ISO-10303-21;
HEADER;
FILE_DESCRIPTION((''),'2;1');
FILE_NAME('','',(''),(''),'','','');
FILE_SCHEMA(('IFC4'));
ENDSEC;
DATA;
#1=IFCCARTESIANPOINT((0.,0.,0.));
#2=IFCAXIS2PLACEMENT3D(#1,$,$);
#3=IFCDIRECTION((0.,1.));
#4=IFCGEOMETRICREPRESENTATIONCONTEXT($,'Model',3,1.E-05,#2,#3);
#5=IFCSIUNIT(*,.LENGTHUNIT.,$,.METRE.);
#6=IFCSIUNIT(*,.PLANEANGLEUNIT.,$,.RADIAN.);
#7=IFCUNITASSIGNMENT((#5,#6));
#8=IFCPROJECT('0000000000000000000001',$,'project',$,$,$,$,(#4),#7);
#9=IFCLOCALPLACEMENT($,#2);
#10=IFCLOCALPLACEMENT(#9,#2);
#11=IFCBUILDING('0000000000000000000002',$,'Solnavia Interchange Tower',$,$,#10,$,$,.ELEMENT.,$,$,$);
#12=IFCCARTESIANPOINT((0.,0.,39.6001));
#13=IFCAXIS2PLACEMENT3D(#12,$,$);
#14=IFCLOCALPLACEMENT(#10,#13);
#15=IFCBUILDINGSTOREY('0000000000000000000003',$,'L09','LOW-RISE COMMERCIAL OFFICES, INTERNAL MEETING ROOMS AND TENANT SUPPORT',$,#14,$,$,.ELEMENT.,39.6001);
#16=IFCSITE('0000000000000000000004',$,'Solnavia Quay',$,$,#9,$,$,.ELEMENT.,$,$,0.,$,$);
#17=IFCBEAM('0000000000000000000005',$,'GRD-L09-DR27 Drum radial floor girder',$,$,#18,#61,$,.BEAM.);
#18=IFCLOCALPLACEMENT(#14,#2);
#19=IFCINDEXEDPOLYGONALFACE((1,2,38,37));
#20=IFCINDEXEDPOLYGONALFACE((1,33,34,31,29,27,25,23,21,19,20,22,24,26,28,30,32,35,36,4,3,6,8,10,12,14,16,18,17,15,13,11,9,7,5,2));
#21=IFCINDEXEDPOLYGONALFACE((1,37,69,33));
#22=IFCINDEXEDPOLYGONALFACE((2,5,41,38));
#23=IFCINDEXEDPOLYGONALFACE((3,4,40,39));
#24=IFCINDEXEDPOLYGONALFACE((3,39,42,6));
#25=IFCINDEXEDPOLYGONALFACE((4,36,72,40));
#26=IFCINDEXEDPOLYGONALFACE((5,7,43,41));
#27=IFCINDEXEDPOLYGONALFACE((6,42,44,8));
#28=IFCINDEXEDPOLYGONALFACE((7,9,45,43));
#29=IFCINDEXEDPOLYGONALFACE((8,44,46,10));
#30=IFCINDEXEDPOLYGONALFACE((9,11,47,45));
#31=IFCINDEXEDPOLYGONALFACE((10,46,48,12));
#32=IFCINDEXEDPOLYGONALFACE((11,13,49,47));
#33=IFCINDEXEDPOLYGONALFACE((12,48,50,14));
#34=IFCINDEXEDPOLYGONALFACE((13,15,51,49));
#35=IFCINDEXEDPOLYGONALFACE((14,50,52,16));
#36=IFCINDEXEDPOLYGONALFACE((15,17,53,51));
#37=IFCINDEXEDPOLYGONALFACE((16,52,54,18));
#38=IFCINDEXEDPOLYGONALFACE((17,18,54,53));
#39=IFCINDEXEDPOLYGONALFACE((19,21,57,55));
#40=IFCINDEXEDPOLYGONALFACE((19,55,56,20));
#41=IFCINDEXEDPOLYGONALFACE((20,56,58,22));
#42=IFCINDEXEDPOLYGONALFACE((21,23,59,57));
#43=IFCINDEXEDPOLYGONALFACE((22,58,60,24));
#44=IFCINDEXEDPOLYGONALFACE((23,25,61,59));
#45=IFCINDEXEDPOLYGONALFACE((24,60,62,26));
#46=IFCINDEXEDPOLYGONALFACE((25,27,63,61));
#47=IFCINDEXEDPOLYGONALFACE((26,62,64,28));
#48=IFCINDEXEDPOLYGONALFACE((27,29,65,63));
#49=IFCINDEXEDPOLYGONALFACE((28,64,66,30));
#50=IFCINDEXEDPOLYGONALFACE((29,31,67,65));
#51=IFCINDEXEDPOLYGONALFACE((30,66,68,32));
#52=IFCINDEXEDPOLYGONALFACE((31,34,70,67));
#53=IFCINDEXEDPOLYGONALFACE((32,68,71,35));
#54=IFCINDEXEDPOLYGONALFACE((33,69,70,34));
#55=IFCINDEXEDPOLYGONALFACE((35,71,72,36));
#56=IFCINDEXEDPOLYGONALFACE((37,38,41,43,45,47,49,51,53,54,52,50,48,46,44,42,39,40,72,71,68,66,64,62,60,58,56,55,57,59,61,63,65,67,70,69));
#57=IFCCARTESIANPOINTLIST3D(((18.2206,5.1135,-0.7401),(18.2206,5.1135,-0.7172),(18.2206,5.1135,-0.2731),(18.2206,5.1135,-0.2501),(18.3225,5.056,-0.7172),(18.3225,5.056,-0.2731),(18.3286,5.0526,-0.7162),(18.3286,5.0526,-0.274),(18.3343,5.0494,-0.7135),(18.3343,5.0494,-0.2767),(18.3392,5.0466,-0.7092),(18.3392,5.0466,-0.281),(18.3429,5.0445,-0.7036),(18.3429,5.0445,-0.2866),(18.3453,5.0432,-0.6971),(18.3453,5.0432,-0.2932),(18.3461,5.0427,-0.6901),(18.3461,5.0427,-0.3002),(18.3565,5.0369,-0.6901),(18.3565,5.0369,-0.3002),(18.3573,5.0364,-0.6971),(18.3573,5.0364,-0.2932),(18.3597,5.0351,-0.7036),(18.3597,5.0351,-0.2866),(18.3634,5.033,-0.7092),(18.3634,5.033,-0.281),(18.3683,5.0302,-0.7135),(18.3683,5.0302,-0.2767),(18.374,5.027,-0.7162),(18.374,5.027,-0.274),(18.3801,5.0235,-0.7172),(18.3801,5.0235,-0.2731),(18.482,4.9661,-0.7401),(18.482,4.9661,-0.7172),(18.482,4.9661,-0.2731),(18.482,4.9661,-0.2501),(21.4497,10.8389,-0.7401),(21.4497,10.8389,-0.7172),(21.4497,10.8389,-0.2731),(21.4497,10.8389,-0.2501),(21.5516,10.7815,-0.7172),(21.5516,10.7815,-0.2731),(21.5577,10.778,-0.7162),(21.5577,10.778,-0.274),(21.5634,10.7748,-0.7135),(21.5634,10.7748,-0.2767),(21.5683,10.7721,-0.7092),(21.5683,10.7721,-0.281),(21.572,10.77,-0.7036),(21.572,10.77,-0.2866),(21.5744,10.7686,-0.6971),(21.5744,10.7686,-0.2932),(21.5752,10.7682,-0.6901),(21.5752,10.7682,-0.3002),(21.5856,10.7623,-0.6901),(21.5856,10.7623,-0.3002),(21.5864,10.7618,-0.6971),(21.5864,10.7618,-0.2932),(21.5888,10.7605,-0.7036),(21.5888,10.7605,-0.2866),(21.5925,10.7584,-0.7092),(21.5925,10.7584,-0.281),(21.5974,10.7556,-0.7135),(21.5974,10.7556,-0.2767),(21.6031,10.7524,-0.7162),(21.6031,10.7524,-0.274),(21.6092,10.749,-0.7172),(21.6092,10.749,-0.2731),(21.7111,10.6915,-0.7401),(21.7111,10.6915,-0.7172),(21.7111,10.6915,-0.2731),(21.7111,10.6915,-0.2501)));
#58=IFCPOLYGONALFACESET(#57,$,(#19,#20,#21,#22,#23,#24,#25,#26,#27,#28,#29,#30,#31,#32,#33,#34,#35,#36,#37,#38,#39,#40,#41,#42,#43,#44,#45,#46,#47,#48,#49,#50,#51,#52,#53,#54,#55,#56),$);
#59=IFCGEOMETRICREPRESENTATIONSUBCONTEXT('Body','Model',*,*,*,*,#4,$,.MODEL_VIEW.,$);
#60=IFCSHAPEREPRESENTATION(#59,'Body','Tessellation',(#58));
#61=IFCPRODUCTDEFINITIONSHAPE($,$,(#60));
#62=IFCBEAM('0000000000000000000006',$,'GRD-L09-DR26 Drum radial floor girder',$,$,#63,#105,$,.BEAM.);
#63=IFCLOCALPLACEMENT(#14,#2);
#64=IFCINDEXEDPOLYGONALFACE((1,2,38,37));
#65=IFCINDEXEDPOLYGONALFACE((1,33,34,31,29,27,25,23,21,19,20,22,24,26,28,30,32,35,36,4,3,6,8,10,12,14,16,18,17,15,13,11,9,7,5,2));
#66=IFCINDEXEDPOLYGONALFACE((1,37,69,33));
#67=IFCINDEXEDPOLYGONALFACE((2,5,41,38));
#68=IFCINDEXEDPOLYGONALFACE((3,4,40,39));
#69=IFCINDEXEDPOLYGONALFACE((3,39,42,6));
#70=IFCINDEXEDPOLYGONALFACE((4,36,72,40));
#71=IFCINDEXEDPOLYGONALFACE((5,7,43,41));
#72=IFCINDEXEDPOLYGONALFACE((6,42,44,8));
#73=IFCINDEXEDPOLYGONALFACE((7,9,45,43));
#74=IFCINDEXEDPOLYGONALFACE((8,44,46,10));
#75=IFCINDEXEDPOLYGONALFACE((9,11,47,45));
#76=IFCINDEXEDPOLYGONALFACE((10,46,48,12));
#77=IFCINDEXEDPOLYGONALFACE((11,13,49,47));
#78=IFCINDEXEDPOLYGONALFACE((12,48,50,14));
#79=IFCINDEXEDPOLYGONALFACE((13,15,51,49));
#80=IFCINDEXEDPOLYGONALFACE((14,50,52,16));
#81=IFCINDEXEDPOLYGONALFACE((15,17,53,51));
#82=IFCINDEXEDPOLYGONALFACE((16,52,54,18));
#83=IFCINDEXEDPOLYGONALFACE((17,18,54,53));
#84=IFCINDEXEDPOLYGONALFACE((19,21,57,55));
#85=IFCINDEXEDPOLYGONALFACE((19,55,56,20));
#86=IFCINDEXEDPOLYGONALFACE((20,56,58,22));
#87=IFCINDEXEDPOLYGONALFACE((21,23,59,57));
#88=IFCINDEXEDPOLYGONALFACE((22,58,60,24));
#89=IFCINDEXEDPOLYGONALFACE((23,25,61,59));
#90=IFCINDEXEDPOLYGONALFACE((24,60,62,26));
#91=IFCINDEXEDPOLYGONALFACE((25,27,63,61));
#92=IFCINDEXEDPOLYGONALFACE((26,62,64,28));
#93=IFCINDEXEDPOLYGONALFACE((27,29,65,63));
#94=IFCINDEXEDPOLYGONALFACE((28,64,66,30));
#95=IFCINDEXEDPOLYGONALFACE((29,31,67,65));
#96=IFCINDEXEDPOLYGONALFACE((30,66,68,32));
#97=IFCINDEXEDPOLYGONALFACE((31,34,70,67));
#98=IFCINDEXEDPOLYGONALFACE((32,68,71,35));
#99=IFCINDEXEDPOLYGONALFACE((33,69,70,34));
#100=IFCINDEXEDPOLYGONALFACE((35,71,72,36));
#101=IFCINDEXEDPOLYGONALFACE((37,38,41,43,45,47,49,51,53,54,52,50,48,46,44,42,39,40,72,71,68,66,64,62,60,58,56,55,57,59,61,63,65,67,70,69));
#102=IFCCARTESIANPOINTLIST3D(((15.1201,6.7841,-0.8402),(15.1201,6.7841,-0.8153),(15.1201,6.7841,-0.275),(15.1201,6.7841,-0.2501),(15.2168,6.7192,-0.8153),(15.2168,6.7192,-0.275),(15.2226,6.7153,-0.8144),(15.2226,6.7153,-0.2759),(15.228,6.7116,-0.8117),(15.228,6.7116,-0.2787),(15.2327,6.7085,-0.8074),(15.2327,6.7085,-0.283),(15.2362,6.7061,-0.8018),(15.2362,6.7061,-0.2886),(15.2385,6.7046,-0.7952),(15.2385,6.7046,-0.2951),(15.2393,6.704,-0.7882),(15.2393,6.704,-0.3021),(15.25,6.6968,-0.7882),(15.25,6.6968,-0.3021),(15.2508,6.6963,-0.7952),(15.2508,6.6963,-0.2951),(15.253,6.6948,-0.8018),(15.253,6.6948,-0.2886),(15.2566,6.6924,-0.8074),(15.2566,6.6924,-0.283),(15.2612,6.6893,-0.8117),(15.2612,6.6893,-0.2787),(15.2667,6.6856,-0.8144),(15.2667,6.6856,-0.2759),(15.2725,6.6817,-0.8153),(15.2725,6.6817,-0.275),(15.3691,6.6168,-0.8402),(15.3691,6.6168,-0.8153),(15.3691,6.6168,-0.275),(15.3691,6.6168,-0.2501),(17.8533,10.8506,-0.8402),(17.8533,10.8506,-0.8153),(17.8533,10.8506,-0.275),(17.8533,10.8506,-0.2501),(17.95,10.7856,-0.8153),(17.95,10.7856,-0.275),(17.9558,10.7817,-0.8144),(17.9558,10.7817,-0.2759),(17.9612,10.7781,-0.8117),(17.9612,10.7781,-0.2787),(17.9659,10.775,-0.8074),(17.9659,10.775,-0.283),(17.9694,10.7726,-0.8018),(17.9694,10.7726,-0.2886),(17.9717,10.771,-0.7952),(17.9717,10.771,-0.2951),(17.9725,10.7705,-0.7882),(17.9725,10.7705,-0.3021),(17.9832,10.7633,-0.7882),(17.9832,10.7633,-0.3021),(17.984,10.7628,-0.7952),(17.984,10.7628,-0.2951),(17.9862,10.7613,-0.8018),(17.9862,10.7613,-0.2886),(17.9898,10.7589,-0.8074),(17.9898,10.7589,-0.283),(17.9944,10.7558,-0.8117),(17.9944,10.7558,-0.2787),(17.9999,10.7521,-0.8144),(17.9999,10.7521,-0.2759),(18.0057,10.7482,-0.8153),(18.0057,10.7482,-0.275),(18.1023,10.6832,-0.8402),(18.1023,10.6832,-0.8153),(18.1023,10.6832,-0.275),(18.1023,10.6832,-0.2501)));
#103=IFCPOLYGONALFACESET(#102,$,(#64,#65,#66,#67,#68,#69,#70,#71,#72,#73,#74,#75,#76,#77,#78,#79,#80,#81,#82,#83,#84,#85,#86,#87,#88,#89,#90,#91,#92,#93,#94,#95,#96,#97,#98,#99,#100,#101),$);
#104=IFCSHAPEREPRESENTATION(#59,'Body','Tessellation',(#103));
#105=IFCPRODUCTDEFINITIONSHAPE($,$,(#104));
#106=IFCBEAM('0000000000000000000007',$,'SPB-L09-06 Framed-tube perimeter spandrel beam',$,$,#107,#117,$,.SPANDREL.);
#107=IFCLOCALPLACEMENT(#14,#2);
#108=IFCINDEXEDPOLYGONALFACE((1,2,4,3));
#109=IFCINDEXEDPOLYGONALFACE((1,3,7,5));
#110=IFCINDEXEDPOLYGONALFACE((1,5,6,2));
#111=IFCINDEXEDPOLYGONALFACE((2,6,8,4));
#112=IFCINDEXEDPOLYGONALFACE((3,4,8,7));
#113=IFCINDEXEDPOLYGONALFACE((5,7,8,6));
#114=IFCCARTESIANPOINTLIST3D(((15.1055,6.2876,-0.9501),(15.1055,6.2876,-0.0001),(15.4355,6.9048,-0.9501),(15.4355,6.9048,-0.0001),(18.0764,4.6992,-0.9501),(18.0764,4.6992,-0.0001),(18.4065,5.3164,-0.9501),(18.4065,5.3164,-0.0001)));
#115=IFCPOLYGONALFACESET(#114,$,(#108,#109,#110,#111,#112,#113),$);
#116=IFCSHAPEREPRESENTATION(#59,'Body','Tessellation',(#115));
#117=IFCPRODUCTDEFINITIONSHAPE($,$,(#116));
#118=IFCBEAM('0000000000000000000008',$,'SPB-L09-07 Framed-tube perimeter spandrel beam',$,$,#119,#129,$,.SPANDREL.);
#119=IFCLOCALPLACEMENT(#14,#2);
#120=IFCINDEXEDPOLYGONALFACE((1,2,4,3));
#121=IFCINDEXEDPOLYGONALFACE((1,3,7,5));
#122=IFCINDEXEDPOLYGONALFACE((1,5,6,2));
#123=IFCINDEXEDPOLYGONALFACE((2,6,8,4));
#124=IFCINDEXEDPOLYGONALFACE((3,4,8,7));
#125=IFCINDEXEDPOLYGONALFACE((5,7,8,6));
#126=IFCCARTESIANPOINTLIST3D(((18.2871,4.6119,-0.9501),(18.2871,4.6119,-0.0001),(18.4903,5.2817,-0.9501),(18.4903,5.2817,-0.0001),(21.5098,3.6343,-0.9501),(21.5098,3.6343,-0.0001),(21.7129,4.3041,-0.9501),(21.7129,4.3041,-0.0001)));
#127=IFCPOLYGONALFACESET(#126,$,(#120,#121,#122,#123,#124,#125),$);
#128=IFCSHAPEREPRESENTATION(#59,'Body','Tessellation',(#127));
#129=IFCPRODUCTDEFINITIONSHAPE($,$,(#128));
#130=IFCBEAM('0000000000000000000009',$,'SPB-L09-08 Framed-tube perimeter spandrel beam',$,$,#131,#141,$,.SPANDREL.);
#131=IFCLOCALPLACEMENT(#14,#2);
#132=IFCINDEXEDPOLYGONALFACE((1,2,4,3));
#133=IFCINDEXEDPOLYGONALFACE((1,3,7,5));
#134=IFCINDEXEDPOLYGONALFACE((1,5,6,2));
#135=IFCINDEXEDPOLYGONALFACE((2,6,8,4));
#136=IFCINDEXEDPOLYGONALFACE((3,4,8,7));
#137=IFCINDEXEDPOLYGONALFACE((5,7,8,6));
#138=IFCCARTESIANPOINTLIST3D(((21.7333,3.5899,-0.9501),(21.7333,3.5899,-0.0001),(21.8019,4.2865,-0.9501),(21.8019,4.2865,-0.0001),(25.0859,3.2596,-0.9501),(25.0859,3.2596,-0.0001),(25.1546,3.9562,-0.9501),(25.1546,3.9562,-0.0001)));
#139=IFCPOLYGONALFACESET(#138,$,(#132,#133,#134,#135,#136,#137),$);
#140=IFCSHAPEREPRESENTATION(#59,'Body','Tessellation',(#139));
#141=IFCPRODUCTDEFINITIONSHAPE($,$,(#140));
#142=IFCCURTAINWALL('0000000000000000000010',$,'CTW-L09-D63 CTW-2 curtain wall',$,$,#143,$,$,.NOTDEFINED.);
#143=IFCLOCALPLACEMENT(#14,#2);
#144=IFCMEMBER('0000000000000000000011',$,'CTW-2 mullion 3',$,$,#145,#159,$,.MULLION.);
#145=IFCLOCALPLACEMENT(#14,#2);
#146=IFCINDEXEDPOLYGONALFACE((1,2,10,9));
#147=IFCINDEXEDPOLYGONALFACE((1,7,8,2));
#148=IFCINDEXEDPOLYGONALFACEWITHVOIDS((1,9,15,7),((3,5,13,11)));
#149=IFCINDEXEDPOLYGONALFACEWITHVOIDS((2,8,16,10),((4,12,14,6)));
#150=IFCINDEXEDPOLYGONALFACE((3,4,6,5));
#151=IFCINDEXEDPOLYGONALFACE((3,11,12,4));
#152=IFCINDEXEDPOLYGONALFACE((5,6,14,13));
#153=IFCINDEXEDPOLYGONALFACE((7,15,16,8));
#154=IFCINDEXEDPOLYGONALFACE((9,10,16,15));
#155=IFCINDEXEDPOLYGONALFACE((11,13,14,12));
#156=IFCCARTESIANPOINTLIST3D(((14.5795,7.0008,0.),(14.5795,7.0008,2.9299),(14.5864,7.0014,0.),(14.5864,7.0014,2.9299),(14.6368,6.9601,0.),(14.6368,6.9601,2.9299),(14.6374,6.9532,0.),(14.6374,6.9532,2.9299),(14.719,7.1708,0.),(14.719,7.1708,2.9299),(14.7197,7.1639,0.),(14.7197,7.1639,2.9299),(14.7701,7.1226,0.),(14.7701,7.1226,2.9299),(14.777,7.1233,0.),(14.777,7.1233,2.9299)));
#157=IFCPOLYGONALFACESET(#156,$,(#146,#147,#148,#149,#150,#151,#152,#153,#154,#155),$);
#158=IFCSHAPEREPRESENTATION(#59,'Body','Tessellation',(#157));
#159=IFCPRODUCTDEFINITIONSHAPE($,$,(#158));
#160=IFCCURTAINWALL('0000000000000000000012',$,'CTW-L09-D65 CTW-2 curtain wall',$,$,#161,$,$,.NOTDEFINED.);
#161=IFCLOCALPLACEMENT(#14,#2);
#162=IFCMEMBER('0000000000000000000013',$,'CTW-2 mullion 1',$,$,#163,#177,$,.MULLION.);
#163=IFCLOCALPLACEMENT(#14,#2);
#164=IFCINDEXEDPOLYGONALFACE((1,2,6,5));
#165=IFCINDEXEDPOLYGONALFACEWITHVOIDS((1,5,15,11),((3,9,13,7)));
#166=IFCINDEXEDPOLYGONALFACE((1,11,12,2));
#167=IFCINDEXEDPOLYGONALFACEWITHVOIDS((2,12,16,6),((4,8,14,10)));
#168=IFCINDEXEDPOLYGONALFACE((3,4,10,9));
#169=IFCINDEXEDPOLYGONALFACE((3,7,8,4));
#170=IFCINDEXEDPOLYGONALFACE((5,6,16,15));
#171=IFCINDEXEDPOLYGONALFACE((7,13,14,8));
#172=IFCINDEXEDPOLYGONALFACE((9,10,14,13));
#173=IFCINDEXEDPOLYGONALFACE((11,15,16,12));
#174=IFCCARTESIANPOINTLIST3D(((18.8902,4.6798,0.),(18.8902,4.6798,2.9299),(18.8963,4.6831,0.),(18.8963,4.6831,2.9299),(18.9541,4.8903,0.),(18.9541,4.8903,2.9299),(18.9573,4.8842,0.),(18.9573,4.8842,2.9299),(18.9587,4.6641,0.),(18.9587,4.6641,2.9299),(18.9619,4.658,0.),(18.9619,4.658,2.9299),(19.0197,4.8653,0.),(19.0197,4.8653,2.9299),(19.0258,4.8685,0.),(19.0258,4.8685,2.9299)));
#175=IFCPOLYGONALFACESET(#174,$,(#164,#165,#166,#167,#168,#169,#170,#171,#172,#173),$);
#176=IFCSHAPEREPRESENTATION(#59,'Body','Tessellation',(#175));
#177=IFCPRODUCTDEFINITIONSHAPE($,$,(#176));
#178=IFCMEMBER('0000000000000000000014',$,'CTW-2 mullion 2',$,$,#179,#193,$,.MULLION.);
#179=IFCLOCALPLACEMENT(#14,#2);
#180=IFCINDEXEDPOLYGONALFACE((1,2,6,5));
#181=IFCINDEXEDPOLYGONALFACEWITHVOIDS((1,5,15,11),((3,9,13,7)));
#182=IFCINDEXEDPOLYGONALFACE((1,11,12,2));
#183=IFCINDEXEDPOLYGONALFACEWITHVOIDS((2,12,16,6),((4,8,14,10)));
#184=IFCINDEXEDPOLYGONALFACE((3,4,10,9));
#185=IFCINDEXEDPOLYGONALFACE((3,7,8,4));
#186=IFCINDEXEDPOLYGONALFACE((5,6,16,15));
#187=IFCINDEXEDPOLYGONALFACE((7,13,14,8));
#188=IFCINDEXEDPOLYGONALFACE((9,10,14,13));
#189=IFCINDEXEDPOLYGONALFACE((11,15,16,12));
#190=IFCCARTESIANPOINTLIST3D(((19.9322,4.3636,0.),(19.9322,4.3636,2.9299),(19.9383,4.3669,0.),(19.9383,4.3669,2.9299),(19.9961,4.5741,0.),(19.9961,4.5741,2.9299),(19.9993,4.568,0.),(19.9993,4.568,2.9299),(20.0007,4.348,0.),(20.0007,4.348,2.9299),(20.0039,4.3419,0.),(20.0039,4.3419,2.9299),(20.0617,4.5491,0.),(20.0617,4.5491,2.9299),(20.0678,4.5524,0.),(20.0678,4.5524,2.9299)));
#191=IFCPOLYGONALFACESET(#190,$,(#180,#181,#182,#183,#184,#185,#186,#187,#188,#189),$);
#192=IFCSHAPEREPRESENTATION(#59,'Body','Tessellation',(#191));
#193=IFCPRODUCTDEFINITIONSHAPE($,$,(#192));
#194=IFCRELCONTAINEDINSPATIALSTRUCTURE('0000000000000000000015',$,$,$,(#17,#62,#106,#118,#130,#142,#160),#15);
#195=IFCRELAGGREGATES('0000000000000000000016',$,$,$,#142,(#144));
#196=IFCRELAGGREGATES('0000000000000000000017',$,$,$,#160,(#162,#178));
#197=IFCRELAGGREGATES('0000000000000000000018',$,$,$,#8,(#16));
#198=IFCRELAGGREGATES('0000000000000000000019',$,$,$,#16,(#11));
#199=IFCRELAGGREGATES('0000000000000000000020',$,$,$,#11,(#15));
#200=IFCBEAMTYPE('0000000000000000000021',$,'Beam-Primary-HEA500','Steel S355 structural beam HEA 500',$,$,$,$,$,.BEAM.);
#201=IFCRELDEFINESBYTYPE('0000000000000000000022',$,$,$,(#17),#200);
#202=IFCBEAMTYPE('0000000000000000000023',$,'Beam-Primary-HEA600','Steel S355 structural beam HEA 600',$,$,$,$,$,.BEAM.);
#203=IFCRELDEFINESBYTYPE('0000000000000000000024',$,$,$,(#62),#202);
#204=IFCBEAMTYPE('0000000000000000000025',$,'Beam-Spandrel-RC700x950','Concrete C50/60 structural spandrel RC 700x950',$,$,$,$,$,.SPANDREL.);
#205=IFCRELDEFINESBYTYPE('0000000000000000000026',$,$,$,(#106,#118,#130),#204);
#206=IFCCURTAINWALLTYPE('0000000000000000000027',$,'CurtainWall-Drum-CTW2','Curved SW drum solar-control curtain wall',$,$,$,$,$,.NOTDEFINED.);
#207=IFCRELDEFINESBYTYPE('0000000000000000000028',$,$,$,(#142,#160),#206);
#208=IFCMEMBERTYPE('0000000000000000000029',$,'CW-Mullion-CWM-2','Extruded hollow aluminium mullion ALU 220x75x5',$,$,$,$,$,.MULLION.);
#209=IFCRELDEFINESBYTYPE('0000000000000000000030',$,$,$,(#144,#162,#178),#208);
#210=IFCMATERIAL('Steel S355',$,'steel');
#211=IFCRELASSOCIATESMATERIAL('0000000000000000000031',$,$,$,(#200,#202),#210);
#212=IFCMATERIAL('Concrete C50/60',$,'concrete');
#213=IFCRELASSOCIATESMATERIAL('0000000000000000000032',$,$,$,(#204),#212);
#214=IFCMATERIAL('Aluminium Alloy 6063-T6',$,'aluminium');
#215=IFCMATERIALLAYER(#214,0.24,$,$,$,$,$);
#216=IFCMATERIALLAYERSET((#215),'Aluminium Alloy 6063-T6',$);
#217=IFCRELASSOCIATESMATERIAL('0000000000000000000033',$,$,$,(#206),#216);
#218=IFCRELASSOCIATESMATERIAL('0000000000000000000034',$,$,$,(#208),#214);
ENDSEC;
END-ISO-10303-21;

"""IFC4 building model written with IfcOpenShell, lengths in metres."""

from ifc_helpers import new_model, si_unit, direction, frame, origin, origin_2d, place, context, subcontext, project, spatial, rectangle, hollow_rectangle, i_section, extrude, material, layer, layer_set, material_profile, profile_set, type_object, element, aggregate, save


model = new_model("IFC4")

# Units and contexts
model_context = context("Model", 3, precision=1e-05, world=origin(), true_north=direction((0.0, 1.0)))
body_context = subcontext(model_context, "Body", "Model", "MODEL_VIEW")
ifc_project = project(units=[si_unit("LENGTHUNIT", "METRE"), si_unit("PLANEANGLEUNIT", "RADIAN")], contexts=[model_context])

# Site, building, storey
site_placement = place(None, origin())
site = spatial("IfcSite", under=ifc_project, at=site_placement, Name="Solnavia Quay", CompositionType="ELEMENT", RefElevation=0.0)
building_placement = place(site_placement, origin())
building = spatial("IfcBuilding", under=site, at=building_placement, Name="Solnavia Interchange Tower", CompositionType="ELEMENT")
storey_placement = place(building_placement, frame((0.0, 0.0, 39.6001)))
storey = spatial("IfcBuildingStorey", under=building, at=storey_placement, Name="L09", Description="LOW-RISE COMMERCIAL OFFICES, INTERNAL MEETING ROOMS AND TENANT SUPPORT", CompositionType="ELEMENT", Elevation=39.6001)

# Beams
ifc_material_1 = material(Name="Steel S355", Category="steel")
ifc_material_profile_1 = material_profile(ifc_material_1, i_section(OverallWidth=0.3, OverallDepth=0.49, WebThickness=0.012, FlangeThickness=0.0229, FilletRadius=0.0271, at=origin_2d()), Name="HEA 500")
ifc_profile_set_1 = profile_set([ifc_material_profile_1], Name="Steel S355")
beam_type_1 = type_object("IfcBeamType", Name="Beam-Primary-HEA500", Description="Steel S355 structural beam HEA 500", PredefinedType="BEAM", material=ifc_profile_set_1)
beam_1_placement = place(storey_placement, frame((18.3513, 5.0398, -0.4951), z_axis=(0.491243, 0.871022, 0.0), x_axis=(-0.871022, 0.491243, 0.0)))
element("IfcBeam", 1, at=beam_1_placement, inside=storey, type_object=beam_type_1, Name="GRD-L09-DR27 Drum radial floor girder", PredefinedType="BEAM", context=body_context, shape_type="SweptSolid", body=[
    extrude(i_section(OverallWidth=0.3, OverallDepth=0.49, WebThickness=0.012, FlangeThickness=0.0229, FilletRadius=0.0271, at=origin_2d()), origin(), (0.0, 0.0, 1.0), 6.5732),
])
ifc_material_profile_2 = material_profile(ifc_material_1, i_section(OverallWidth=0.3, OverallDepth=0.5901, WebThickness=0.0129, FlangeThickness=0.0249, FilletRadius=0.0271, at=origin_2d()), Name="HEA 600")
ifc_profile_set_2 = profile_set([ifc_material_profile_2], Name="Steel S355")
beam_type_2 = type_object("IfcBeamType", Name="Beam-Primary-HEA600", Description="Steel S355 structural beam HEA 600", PredefinedType="BEAM", material=ifc_profile_set_2)
beam_2_placement = place(storey_placement, frame((15.2446, 6.7004, -0.5452), z_axis=(0.557835, 0.829952, 0.0), x_axis=(-0.829952, 0.557835, 0.0)))
element("IfcBeam", 2, at=beam_2_placement, inside=storey, type_object=beam_type_2, Name="GRD-L09-DR26 Drum radial floor girder", PredefinedType="BEAM", context=body_context, shape_type="SweptSolid", body=[
    extrude(i_section(OverallWidth=0.3, OverallDepth=0.5901, WebThickness=0.0129, FlangeThickness=0.0249, FilletRadius=0.0271, at=origin_2d()), origin(), (0.0, 0.0, 1.0), 4.8997),
])
ifc_material_2 = material(Name="Concrete C50/60", Category="concrete")
ifc_material_profile_3 = material_profile(ifc_material_2, rectangle(XDim=0.7, YDim=0.95, at=origin_2d()), Name="RC 700x950")
ifc_profile_set_3 = profile_set([ifc_material_profile_3], Name="Concrete C50/60")
beam_type_3 = type_object("IfcBeamType", Name="Beam-Spandrel-RC700x950", Description="Concrete C50/60 structural spandrel RC 700x950", PredefinedType="SPANDREL", material=ifc_profile_set_3)
beam_3_placement = place(storey_placement, frame((15.2705, 6.5962, -0.4751), z_axis=(0.881875, -0.471483, 0.0), x_axis=(0.471483, 0.881875, 0.0)))
element("IfcBeam", 3, at=beam_3_placement, inside=storey, type_object=beam_type_3, Name="SPB-L09-06 Framed-tube perimeter spandrel beam", PredefinedType="SPANDREL", context=body_context, shape_type="SweptSolid", body=[
    extrude(rectangle(XDim=0.7, YDim=0.95, at=origin_2d()), origin(), (0.0, 0.0, 1.0), 3.3689),
])
beam_4_placement = place(storey_placement, frame((18.3887, 4.9468, -0.4751), z_axis=(0.956944, -0.290273, 0.0), x_axis=(0.290273, 0.956944, 0.0)))
element("IfcBeam", 4, at=beam_4_placement, inside=storey, type_object=beam_type_3, Name="SPB-L09-07 Framed-tube perimeter spandrel beam", PredefinedType="SPANDREL", context=body_context, shape_type="SweptSolid", body=[
    extrude(rectangle(XDim=0.7, YDim=0.95, at=origin_2d()), origin(), (0.0, 0.0, 1.0), 3.3677),
])
beam_5_placement = place(storey_placement, frame((21.7676, 3.9382, -0.4751), z_axis=(0.995182, -0.098047, 0.0), x_axis=(0.098047, 0.995182, 0.0)))
element("IfcBeam", 5, at=beam_5_placement, inside=storey, type_object=beam_type_3, Name="SPB-L09-08 Framed-tube perimeter spandrel beam", PredefinedType="SPANDREL", context=body_context, shape_type="SweptSolid", body=[
    extrude(rectangle(XDim=0.7, YDim=0.95, at=origin_2d()), origin(), (0.0, 0.0, 1.0), 3.3689),
])

# Curtain wall, member
ifc_material_3 = material(Name="Aluminium Alloy 6063-T6", Category="aluminium")
ifc_layer_1 = layer(ifc_material_3, 0.24)
ifc_layer_set_1 = layer_set([ifc_layer_1], Name="Aluminium Alloy 6063-T6")
curtain_wall_type = type_object("IfcCurtainWallType", Name="CurtainWall-Drum-CTW2", Description="Curved SW drum solar-control curtain wall", PredefinedType="NOTDEFINED", material=ifc_layer_set_1)
curtain_wall_1_placement = place(storey_placement, origin())
curtain_wall_1 = element("IfcCurtainWall", 6, at=curtain_wall_1_placement, inside=storey, type_object=curtain_wall_type, Name="CTW-L09-D63 CTW-2 curtain wall", PredefinedType="NOTDEFINED")
ifc_material_profile_4 = material_profile(ifc_material_3, hollow_rectangle(XDim=0.075, YDim=0.22, WallThickness=0.0049, at=origin_2d()), Name="ALU 220x75x5")
ifc_profile_set_4 = profile_set([ifc_material_profile_4], Name="Aluminium Alloy 6063-T6")
member_type_1 = type_object("IfcMemberType", Name="CW-Mullion-CWM-2", Description="Extruded hollow aluminium mullion ALU 220x75x5", PredefinedType="MULLION", material=ifc_profile_set_4)
member_1_placement = place(storey_placement, frame((14.6782, 7.062, 0.0), z_axis=(0.0, 0.0, 1.0), x_axis=(0.773095, -0.634291, 0.0)))
member_1 = element("IfcMember", 7, at=member_1_placement, type_object=member_type_1, Name="CTW-2 mullion 3", PredefinedType="MULLION", context=body_context, shape_type="SweptSolid", body=[
    extrude(hollow_rectangle(XDim=0.075, YDim=0.22, WallThickness=0.0049, at=origin_2d()), origin(), (0.0, 0.0, 1.0), 2.9299),
])

# Curtain wall, members
curtain_wall_2_placement = place(storey_placement, origin())
curtain_wall_2 = element("IfcCurtainWall", 8, at=curtain_wall_2_placement, inside=storey, type_object=curtain_wall_type, Name="CTW-L09-D65 CTW-2 curtain wall", PredefinedType="NOTDEFINED")
member_2_placement = place(storey_placement, frame((18.958, 4.7742, 0.0), z_axis=(0.0, 0.0, 1.0), x_axis=(0.956935, -0.290303, 0.0)))
member_2 = element("IfcMember", 9, at=member_2_placement, type_object=member_type_1, Name="CTW-2 mullion 1", PredefinedType="MULLION", context=body_context, shape_type="SweptSolid", body=[
    extrude(hollow_rectangle(XDim=0.075, YDim=0.22, WallThickness=0.0049, at=origin_2d()), origin(), (0.0, 0.0, 1.0), 2.9299),
])
member_3_placement = place(storey_placement, frame((20.0, 4.458, 0.0), z_axis=(0.0, 0.0, 1.0), x_axis=(0.956935, -0.290303, 0.0)))
member_3 = element("IfcMember", 10, at=member_3_placement, type_object=member_type_1, Name="CTW-2 mullion 2", PredefinedType="MULLION", context=body_context, shape_type="SweptSolid", body=[
    extrude(hollow_rectangle(XDim=0.075, YDim=0.22, WallThickness=0.0049, at=origin_2d()), origin(), (0.0, 0.0, 1.0), 2.9299),
])

aggregate(curtain_wall_1, [member_1])
aggregate(curtain_wall_2, [member_2, member_3])

save(model, "model.ifc")
